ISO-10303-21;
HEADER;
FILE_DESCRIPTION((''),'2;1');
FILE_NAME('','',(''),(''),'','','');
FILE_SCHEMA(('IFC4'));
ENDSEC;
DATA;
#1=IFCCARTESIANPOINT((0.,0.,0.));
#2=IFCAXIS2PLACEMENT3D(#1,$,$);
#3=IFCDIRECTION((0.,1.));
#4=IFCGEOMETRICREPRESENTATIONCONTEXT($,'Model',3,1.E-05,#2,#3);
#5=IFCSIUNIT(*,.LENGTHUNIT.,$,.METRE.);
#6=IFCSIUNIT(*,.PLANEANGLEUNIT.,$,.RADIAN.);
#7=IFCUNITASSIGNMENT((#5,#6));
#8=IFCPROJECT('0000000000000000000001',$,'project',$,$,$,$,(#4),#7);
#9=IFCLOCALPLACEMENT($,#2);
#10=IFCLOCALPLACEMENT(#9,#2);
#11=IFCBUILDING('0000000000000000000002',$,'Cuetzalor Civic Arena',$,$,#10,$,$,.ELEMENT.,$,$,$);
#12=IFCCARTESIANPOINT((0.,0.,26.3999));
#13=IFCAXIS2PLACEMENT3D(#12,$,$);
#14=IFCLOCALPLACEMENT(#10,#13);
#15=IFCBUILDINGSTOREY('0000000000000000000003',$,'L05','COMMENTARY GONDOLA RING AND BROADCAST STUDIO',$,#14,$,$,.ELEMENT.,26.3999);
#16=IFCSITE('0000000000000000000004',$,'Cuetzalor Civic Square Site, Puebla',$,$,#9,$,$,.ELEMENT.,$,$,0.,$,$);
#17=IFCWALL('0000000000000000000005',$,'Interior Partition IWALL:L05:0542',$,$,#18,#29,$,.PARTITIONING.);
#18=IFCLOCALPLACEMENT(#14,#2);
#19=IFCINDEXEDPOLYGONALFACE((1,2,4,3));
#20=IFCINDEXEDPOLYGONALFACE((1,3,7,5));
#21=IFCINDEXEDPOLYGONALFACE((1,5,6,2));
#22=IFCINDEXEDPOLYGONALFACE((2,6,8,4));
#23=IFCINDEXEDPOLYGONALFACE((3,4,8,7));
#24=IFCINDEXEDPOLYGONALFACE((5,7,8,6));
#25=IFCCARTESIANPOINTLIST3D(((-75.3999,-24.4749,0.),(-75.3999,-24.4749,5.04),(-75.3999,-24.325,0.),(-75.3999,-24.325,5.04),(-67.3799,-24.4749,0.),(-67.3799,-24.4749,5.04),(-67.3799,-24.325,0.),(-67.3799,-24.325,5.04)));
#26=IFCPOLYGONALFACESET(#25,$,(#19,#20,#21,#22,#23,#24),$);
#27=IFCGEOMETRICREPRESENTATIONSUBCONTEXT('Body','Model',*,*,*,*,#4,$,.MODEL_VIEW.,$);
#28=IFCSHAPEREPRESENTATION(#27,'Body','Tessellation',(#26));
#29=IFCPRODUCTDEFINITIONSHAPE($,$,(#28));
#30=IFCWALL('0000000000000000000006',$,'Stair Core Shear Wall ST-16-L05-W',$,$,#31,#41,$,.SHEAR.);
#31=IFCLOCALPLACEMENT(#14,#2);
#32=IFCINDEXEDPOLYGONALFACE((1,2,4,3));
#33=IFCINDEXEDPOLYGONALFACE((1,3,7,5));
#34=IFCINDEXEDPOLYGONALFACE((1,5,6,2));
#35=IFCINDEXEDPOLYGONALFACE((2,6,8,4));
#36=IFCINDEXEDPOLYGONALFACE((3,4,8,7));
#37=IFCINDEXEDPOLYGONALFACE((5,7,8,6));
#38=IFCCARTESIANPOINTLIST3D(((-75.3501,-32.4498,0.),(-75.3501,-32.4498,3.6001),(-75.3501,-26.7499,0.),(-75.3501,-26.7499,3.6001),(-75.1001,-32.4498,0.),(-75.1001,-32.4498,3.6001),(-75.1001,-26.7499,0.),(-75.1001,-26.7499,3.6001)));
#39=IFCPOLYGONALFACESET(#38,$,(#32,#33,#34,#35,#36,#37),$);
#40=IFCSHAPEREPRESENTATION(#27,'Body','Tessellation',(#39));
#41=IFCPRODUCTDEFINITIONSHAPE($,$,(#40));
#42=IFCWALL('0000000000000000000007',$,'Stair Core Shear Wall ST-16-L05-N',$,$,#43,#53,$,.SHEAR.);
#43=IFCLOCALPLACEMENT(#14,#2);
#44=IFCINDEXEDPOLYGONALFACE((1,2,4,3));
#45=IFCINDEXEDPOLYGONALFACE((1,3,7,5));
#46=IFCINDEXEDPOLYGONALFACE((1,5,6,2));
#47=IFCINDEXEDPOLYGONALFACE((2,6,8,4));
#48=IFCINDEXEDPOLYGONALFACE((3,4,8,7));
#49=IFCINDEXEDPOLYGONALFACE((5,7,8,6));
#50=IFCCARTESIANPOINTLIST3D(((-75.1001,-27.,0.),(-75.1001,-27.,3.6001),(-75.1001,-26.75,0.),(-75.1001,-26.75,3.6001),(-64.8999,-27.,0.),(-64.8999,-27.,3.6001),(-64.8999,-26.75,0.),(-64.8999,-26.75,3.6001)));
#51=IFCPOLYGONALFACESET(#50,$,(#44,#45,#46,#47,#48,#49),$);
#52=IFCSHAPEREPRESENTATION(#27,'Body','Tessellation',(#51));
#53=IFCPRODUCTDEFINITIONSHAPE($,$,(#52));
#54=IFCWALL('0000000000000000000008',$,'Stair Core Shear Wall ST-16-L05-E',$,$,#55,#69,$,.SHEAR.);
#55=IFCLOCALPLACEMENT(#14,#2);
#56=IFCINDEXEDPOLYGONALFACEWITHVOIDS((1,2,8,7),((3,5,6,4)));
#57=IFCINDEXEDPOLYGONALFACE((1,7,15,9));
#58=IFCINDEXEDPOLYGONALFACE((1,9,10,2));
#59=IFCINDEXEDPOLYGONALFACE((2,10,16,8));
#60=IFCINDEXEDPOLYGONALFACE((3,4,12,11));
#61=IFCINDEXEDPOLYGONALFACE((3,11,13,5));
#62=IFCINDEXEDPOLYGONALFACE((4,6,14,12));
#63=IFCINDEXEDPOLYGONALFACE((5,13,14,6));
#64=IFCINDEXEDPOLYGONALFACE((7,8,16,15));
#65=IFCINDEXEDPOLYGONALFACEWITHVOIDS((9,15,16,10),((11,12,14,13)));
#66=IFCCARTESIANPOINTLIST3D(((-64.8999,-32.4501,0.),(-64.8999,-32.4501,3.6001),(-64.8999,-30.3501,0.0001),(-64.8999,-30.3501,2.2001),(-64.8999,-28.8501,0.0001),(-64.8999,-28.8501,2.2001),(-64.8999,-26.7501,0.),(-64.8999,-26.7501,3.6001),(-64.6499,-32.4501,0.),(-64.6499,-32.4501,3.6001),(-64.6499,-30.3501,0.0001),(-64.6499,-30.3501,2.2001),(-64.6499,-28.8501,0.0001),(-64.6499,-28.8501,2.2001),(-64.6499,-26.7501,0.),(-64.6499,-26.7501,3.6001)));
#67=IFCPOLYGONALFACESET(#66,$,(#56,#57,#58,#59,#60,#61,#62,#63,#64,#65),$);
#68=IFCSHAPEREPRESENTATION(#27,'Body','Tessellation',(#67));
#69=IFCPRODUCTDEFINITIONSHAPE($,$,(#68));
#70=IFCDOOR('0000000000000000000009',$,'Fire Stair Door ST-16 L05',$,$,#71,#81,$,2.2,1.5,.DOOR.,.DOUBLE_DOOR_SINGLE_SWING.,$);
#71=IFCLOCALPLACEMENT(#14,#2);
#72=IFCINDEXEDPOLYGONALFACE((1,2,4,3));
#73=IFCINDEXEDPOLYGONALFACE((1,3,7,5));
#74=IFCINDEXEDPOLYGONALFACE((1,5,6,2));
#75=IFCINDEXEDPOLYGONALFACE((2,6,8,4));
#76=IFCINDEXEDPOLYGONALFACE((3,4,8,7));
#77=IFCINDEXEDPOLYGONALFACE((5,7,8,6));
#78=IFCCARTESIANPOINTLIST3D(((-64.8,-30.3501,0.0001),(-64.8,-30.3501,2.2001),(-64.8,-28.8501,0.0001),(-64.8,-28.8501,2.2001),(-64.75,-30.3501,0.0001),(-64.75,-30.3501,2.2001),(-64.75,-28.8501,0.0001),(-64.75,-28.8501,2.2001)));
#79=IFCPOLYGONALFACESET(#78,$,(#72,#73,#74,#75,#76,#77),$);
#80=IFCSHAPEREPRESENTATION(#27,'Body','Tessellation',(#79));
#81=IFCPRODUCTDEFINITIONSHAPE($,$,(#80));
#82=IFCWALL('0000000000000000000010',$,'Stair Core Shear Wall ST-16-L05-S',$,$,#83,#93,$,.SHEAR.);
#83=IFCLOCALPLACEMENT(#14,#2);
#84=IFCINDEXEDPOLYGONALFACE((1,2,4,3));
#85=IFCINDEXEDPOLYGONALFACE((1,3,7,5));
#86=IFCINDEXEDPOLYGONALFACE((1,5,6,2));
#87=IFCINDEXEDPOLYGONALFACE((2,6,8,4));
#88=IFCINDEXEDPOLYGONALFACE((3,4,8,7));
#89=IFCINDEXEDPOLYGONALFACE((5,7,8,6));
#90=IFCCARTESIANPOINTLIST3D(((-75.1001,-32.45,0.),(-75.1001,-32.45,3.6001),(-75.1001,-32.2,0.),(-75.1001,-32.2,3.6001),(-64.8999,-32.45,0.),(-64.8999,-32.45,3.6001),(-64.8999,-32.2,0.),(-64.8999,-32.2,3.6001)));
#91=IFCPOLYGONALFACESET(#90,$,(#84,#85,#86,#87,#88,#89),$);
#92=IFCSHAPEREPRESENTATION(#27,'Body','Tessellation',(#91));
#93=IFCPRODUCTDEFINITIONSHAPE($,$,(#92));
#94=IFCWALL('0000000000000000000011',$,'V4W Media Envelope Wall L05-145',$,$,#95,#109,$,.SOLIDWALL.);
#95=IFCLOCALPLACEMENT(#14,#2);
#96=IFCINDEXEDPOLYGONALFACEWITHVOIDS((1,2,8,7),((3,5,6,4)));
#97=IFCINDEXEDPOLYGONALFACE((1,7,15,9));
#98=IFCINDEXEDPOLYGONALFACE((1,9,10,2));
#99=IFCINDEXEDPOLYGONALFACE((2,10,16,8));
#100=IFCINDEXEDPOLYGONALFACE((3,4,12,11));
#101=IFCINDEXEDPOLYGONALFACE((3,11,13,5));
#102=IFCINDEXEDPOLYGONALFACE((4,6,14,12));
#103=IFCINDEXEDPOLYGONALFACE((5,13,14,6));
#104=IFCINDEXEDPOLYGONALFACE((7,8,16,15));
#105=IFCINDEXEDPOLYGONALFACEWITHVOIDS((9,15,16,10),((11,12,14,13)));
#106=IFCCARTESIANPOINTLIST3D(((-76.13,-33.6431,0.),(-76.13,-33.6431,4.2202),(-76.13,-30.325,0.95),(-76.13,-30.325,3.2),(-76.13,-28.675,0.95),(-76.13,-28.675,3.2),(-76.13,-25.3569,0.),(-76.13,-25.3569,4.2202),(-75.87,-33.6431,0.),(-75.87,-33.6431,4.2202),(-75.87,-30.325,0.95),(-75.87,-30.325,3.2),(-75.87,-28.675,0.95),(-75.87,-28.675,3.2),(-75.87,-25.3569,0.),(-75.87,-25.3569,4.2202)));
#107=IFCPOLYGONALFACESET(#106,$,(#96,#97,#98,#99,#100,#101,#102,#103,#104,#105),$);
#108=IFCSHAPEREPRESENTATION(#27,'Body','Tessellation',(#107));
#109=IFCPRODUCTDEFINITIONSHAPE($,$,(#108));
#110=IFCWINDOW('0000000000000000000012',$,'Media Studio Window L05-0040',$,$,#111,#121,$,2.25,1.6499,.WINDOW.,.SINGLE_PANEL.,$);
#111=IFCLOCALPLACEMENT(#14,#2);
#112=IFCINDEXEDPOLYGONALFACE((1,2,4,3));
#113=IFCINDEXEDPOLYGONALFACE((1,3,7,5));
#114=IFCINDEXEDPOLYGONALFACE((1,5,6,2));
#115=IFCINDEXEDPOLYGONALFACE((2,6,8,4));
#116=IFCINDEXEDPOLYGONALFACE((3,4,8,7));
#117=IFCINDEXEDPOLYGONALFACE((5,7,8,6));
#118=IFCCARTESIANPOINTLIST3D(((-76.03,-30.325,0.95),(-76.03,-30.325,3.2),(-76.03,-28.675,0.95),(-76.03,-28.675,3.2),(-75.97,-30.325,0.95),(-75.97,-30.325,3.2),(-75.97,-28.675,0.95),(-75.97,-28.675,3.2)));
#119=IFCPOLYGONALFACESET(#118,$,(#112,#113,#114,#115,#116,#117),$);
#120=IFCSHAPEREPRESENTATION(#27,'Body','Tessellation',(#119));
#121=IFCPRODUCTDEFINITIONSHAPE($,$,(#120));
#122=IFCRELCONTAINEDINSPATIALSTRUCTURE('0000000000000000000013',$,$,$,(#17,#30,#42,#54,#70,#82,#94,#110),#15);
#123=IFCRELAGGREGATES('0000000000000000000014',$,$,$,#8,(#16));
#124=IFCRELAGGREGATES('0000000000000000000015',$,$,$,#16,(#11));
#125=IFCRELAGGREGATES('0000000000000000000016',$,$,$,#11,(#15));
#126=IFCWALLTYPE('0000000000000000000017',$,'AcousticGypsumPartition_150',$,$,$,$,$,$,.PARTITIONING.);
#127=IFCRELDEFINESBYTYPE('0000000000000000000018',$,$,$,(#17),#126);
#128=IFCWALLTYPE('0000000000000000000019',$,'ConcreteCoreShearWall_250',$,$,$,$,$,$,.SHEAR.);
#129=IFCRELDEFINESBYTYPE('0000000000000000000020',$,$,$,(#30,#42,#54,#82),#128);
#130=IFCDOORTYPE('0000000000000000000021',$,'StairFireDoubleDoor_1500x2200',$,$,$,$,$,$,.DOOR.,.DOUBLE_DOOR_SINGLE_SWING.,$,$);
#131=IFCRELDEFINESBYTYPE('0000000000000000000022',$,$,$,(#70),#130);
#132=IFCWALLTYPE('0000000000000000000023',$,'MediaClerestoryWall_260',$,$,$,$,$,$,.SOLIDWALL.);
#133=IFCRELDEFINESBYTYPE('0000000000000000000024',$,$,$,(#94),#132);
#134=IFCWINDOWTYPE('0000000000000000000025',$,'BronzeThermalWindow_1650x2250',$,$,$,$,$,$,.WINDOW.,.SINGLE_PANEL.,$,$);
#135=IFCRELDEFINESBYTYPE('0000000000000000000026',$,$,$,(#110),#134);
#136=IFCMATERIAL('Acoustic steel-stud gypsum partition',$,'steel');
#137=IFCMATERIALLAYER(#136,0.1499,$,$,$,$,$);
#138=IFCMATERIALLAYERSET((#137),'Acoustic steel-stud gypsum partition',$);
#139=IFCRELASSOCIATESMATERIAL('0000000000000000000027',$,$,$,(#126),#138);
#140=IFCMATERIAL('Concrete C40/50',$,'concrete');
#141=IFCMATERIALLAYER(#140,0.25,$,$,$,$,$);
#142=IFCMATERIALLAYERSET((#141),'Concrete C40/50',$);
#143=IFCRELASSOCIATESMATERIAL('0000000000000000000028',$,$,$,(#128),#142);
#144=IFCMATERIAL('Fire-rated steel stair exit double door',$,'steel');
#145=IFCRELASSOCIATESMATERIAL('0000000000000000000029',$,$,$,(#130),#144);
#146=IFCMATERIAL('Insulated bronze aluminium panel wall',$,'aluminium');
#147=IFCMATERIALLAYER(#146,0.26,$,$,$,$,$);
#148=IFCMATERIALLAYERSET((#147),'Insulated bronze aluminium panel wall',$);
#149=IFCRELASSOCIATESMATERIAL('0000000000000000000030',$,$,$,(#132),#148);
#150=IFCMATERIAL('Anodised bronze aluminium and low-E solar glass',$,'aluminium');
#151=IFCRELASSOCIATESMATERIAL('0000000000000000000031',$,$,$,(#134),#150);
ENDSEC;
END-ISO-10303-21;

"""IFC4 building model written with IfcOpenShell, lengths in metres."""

from ifc_helpers import new_model, si_unit, direction, frame, frame_2d, origin, place, context, subcontext, project, spatial, rectangle, extrude, material, layer, layer_set, type_object, element, fill, save


model = new_model("IFC4")

# Units and contexts
model_context = context("Model", 3, precision=1e-05, world=origin(), true_north=direction((0.0, 1.0)))
body_context = subcontext(model_context, "Body", "Model", "MODEL_VIEW")
ifc_project = project(units=[si_unit("LENGTHUNIT", "METRE"), si_unit("PLANEANGLEUNIT", "RADIAN")], contexts=[model_context])

# Site, building, storey
site_placement = place(None, origin())
site = spatial("IfcSite", under=ifc_project, at=site_placement, Name="Cuetzalor Civic Square Site, Puebla", CompositionType="ELEMENT", RefElevation=0.0)
building_placement = place(site_placement, origin())
building = spatial("IfcBuilding", under=site, at=building_placement, Name="Cuetzalor Civic Arena", CompositionType="ELEMENT")
storey_placement = place(building_placement, frame((0.0, 0.0, 26.3999)))
storey = spatial("IfcBuildingStorey", under=building, at=storey_placement, Name="L05", Description="COMMENTARY GONDOLA RING AND BROADCAST STUDIO", CompositionType="ELEMENT", Elevation=26.3999)

# Walls
ifc_material_1 = material(Name="Acoustic steel-stud gypsum partition", Category="steel")
ifc_layer_1 = layer(ifc_material_1, 0.1499)
ifc_layer_set_1 = layer_set([ifc_layer_1], Name="Acoustic steel-stud gypsum partition")
wall_type_1 = type_object("IfcWallType", Name="AcousticGypsumPartition_150", PredefinedType="PARTITIONING", material=ifc_layer_set_1)
wall_1_placement = place(storey_placement, frame((-67.3799, -24.3999, 0.0), z_axis=(0.0, 0.0, 1.0), x_axis=(-1.0, 0.0, 0.0)))
element("IfcWall", 1, at=wall_1_placement, inside=storey, type_object=wall_type_1, Name="Interior Partition IWALL:L05:0542", PredefinedType="PARTITIONING", context=body_context, shape_type="SweptSolid", body=[
    extrude(rectangle(XDim=8.02, YDim=0.1499, at=frame_2d((4.01, 0.0))), origin(), (0.0, 0.0, 1.0), 5.04),
])
ifc_material_2 = material(Name="Concrete C40/50", Category="concrete")
ifc_layer_2 = layer(ifc_material_2, 0.25)
ifc_layer_set_2 = layer_set([ifc_layer_2], Name="Concrete C40/50")
wall_type_2 = type_object("IfcWallType", Name="ConcreteCoreShearWall_250", PredefinedType="SHEAR", material=ifc_layer_set_2)
wall_2_placement = place(storey_placement, frame((-75.2251, -32.45, 0.0), z_axis=(0.0, 0.0, 1.0), x_axis=(0.0, 1.0, 0.0)))
element("IfcWall", 2, at=wall_2_placement, inside=storey, type_object=wall_type_2, Name="Stair Core Shear Wall ST-16-L05-W", PredefinedType="SHEAR", context=body_context, shape_type="SweptSolid", body=[
    extrude(rectangle(XDim=5.7, YDim=0.25, at=frame_2d((2.8501, 0.0))), origin(), (0.0, 0.0, 1.0), 3.6001),
])
wall_3_placement = place(storey_placement, frame((-75.1001, -26.875, 0.0), z_axis=(0.0, 0.0, 1.0), x_axis=(1.0, 0.0, 0.0)))
element("IfcWall", 3, at=wall_3_placement, inside=storey, type_object=wall_type_2, Name="Stair Core Shear Wall ST-16-L05-N", PredefinedType="SHEAR", context=body_context, shape_type="SweptSolid", body=[
    extrude(rectangle(XDim=10.2002, YDim=0.25, at=frame_2d((5.1001, 0.0))), origin(), (0.0, 0.0, 1.0), 3.6001),
])

# Wall, opening, door
wall_4_placement = place(storey_placement, frame((-64.7749, -26.75, 0.0), z_axis=(0.0, 0.0, 1.0), x_axis=(0.0, -1.0, 0.0)))
wall_4 = element("IfcWall", 4, at=wall_4_placement, inside=storey, type_object=wall_type_2, Name="Stair Core Shear Wall ST-16-L05-E", PredefinedType="SHEAR", context=body_context, shape_type="SweptSolid", body=[
    extrude(rectangle(XDim=5.7, YDim=0.25, at=frame_2d((2.8501, 0.0))), origin(), (0.0, 0.0, 1.0), 3.6001),
])
opening_1_placement = place(wall_4_placement, frame((2.1001, 0.0, 0.0)))
opening_1 = element("IfcOpeningElement", 5, at=opening_1_placement, cuts=wall_4, PredefinedType="OPENING", context=body_context, shape_type="SweptSolid", body=[
    extrude(rectangle(XDim=1.5, YDim=2.2, at=frame_2d((0.75, 1.1001))), frame((0.0, 0.135, 0.0), z_axis=(0.0, -1.0, 0.0), x_axis=(1.0, 0.0, 0.0)), (0.0, 0.0, 1.0), 0.27),
])
ifc_material_3 = material(Name="Fire-rated steel stair exit double door", Category="steel")
door_type = type_object("IfcDoorType", Name="StairFireDoubleDoor_1500x2200", OperationType="DOUBLE_DOOR_SINGLE_SWING", PredefinedType="DOOR", material=ifc_material_3)
door_placement = place(opening_1_placement, origin())
door = element("IfcDoor", 6, at=door_placement, inside=storey, type_object=door_type, Name="Fire Stair Door ST-16 L05", OperationType="DOUBLE_DOOR_SINGLE_SWING", OverallHeight=2.2, OverallWidth=1.5, PredefinedType="DOOR", context=body_context, shape_type="SweptSolid", body=[
    extrude(rectangle(XDim=1.5, YDim=2.2, at=frame_2d((0.75, 1.1001))), frame((0.0, 0.0249, 0.0), z_axis=(0.0, -1.0, 0.0), x_axis=(1.0, 0.0, 0.0)), (0.0, 0.0, 1.0), 0.05),
])
fill(opening_1, door)

# Wall
wall_5_placement = place(storey_placement, frame((-64.8999, -32.325, 0.0), z_axis=(0.0, 0.0, 1.0), x_axis=(-1.0, 0.0, 0.0)))
element("IfcWall", 7, at=wall_5_placement, inside=storey, type_object=wall_type_2, Name="Stair Core Shear Wall ST-16-L05-S", PredefinedType="SHEAR", context=body_context, shape_type="SweptSolid", body=[
    extrude(rectangle(XDim=10.2002, YDim=0.25, at=frame_2d((5.1001, 0.0))), origin(), (0.0, 0.0, 1.0), 3.6001),
])

# Wall, opening, window
ifc_material_4 = material(Name="Insulated bronze aluminium panel wall", Category="aluminium")
ifc_layer_3 = layer(ifc_material_4, 0.26)
ifc_layer_set_3 = layer_set([ifc_layer_3], Name="Insulated bronze aluminium panel wall")
wall_type_3 = type_object("IfcWallType", Name="MediaClerestoryWall_260", PredefinedType="SOLIDWALL", material=ifc_layer_set_3)
wall_6_placement = place(storey_placement, frame((-76.0, -33.6431, 0.0), z_axis=(0.0, 0.0, 1.0), x_axis=(0.0, 1.0, 0.0)))
wall_6 = element("IfcWall", 8, at=wall_6_placement, inside=storey, type_object=wall_type_3, Name="V4W Media Envelope Wall L05-145", PredefinedType="SOLIDWALL", context=body_context, shape_type="SweptSolid", body=[
    extrude(rectangle(XDim=8.2861, YDim=0.26, at=frame_2d((4.1431, 0.0))), origin(), (0.0, 0.0, 1.0), 4.2202),
])
opening_2_placement = place(wall_6_placement, frame((3.3181, 0.0, 0.95)))
opening_2 = element("IfcOpeningElement", 9, at=opening_2_placement, cuts=wall_6, PredefinedType="OPENING", context=body_context, shape_type="SweptSolid", body=[
    extrude(rectangle(XDim=1.6499, YDim=2.25, at=frame_2d((0.825, 1.125))), frame((0.0, 0.1401, 0.0), z_axis=(0.0, -1.0, 0.0), x_axis=(1.0, 0.0, 0.0)), (0.0, 0.0, 1.0), 0.28),
])
ifc_material_5 = material(Name="Anodised bronze aluminium and low-E solar glass", Category="aluminium")
window_type = type_object("IfcWindowType", Name="BronzeThermalWindow_1650x2250", PartitioningType="SINGLE_PANEL", PredefinedType="WINDOW", material=ifc_material_5)
window_placement = place(opening_2_placement, origin())
window = element("IfcWindow", 10, at=window_placement, inside=storey, type_object=window_type, Name="Media Studio Window L05-0040", OverallHeight=2.25, OverallWidth=1.6499, PartitioningType="SINGLE_PANEL", PredefinedType="WINDOW", context=body_context, shape_type="SweptSolid", body=[
    extrude(rectangle(XDim=1.6499, YDim=2.25, at=frame_2d((0.825, 1.125))), frame((0.0, 0.03, 0.0), z_axis=(0.0, -1.0, 0.0), x_axis=(1.0, 0.0, 0.0)), (0.0, 0.0, 1.0), 0.0601),
])
fill(opening_2, window)

save(model, "model.ifc")
